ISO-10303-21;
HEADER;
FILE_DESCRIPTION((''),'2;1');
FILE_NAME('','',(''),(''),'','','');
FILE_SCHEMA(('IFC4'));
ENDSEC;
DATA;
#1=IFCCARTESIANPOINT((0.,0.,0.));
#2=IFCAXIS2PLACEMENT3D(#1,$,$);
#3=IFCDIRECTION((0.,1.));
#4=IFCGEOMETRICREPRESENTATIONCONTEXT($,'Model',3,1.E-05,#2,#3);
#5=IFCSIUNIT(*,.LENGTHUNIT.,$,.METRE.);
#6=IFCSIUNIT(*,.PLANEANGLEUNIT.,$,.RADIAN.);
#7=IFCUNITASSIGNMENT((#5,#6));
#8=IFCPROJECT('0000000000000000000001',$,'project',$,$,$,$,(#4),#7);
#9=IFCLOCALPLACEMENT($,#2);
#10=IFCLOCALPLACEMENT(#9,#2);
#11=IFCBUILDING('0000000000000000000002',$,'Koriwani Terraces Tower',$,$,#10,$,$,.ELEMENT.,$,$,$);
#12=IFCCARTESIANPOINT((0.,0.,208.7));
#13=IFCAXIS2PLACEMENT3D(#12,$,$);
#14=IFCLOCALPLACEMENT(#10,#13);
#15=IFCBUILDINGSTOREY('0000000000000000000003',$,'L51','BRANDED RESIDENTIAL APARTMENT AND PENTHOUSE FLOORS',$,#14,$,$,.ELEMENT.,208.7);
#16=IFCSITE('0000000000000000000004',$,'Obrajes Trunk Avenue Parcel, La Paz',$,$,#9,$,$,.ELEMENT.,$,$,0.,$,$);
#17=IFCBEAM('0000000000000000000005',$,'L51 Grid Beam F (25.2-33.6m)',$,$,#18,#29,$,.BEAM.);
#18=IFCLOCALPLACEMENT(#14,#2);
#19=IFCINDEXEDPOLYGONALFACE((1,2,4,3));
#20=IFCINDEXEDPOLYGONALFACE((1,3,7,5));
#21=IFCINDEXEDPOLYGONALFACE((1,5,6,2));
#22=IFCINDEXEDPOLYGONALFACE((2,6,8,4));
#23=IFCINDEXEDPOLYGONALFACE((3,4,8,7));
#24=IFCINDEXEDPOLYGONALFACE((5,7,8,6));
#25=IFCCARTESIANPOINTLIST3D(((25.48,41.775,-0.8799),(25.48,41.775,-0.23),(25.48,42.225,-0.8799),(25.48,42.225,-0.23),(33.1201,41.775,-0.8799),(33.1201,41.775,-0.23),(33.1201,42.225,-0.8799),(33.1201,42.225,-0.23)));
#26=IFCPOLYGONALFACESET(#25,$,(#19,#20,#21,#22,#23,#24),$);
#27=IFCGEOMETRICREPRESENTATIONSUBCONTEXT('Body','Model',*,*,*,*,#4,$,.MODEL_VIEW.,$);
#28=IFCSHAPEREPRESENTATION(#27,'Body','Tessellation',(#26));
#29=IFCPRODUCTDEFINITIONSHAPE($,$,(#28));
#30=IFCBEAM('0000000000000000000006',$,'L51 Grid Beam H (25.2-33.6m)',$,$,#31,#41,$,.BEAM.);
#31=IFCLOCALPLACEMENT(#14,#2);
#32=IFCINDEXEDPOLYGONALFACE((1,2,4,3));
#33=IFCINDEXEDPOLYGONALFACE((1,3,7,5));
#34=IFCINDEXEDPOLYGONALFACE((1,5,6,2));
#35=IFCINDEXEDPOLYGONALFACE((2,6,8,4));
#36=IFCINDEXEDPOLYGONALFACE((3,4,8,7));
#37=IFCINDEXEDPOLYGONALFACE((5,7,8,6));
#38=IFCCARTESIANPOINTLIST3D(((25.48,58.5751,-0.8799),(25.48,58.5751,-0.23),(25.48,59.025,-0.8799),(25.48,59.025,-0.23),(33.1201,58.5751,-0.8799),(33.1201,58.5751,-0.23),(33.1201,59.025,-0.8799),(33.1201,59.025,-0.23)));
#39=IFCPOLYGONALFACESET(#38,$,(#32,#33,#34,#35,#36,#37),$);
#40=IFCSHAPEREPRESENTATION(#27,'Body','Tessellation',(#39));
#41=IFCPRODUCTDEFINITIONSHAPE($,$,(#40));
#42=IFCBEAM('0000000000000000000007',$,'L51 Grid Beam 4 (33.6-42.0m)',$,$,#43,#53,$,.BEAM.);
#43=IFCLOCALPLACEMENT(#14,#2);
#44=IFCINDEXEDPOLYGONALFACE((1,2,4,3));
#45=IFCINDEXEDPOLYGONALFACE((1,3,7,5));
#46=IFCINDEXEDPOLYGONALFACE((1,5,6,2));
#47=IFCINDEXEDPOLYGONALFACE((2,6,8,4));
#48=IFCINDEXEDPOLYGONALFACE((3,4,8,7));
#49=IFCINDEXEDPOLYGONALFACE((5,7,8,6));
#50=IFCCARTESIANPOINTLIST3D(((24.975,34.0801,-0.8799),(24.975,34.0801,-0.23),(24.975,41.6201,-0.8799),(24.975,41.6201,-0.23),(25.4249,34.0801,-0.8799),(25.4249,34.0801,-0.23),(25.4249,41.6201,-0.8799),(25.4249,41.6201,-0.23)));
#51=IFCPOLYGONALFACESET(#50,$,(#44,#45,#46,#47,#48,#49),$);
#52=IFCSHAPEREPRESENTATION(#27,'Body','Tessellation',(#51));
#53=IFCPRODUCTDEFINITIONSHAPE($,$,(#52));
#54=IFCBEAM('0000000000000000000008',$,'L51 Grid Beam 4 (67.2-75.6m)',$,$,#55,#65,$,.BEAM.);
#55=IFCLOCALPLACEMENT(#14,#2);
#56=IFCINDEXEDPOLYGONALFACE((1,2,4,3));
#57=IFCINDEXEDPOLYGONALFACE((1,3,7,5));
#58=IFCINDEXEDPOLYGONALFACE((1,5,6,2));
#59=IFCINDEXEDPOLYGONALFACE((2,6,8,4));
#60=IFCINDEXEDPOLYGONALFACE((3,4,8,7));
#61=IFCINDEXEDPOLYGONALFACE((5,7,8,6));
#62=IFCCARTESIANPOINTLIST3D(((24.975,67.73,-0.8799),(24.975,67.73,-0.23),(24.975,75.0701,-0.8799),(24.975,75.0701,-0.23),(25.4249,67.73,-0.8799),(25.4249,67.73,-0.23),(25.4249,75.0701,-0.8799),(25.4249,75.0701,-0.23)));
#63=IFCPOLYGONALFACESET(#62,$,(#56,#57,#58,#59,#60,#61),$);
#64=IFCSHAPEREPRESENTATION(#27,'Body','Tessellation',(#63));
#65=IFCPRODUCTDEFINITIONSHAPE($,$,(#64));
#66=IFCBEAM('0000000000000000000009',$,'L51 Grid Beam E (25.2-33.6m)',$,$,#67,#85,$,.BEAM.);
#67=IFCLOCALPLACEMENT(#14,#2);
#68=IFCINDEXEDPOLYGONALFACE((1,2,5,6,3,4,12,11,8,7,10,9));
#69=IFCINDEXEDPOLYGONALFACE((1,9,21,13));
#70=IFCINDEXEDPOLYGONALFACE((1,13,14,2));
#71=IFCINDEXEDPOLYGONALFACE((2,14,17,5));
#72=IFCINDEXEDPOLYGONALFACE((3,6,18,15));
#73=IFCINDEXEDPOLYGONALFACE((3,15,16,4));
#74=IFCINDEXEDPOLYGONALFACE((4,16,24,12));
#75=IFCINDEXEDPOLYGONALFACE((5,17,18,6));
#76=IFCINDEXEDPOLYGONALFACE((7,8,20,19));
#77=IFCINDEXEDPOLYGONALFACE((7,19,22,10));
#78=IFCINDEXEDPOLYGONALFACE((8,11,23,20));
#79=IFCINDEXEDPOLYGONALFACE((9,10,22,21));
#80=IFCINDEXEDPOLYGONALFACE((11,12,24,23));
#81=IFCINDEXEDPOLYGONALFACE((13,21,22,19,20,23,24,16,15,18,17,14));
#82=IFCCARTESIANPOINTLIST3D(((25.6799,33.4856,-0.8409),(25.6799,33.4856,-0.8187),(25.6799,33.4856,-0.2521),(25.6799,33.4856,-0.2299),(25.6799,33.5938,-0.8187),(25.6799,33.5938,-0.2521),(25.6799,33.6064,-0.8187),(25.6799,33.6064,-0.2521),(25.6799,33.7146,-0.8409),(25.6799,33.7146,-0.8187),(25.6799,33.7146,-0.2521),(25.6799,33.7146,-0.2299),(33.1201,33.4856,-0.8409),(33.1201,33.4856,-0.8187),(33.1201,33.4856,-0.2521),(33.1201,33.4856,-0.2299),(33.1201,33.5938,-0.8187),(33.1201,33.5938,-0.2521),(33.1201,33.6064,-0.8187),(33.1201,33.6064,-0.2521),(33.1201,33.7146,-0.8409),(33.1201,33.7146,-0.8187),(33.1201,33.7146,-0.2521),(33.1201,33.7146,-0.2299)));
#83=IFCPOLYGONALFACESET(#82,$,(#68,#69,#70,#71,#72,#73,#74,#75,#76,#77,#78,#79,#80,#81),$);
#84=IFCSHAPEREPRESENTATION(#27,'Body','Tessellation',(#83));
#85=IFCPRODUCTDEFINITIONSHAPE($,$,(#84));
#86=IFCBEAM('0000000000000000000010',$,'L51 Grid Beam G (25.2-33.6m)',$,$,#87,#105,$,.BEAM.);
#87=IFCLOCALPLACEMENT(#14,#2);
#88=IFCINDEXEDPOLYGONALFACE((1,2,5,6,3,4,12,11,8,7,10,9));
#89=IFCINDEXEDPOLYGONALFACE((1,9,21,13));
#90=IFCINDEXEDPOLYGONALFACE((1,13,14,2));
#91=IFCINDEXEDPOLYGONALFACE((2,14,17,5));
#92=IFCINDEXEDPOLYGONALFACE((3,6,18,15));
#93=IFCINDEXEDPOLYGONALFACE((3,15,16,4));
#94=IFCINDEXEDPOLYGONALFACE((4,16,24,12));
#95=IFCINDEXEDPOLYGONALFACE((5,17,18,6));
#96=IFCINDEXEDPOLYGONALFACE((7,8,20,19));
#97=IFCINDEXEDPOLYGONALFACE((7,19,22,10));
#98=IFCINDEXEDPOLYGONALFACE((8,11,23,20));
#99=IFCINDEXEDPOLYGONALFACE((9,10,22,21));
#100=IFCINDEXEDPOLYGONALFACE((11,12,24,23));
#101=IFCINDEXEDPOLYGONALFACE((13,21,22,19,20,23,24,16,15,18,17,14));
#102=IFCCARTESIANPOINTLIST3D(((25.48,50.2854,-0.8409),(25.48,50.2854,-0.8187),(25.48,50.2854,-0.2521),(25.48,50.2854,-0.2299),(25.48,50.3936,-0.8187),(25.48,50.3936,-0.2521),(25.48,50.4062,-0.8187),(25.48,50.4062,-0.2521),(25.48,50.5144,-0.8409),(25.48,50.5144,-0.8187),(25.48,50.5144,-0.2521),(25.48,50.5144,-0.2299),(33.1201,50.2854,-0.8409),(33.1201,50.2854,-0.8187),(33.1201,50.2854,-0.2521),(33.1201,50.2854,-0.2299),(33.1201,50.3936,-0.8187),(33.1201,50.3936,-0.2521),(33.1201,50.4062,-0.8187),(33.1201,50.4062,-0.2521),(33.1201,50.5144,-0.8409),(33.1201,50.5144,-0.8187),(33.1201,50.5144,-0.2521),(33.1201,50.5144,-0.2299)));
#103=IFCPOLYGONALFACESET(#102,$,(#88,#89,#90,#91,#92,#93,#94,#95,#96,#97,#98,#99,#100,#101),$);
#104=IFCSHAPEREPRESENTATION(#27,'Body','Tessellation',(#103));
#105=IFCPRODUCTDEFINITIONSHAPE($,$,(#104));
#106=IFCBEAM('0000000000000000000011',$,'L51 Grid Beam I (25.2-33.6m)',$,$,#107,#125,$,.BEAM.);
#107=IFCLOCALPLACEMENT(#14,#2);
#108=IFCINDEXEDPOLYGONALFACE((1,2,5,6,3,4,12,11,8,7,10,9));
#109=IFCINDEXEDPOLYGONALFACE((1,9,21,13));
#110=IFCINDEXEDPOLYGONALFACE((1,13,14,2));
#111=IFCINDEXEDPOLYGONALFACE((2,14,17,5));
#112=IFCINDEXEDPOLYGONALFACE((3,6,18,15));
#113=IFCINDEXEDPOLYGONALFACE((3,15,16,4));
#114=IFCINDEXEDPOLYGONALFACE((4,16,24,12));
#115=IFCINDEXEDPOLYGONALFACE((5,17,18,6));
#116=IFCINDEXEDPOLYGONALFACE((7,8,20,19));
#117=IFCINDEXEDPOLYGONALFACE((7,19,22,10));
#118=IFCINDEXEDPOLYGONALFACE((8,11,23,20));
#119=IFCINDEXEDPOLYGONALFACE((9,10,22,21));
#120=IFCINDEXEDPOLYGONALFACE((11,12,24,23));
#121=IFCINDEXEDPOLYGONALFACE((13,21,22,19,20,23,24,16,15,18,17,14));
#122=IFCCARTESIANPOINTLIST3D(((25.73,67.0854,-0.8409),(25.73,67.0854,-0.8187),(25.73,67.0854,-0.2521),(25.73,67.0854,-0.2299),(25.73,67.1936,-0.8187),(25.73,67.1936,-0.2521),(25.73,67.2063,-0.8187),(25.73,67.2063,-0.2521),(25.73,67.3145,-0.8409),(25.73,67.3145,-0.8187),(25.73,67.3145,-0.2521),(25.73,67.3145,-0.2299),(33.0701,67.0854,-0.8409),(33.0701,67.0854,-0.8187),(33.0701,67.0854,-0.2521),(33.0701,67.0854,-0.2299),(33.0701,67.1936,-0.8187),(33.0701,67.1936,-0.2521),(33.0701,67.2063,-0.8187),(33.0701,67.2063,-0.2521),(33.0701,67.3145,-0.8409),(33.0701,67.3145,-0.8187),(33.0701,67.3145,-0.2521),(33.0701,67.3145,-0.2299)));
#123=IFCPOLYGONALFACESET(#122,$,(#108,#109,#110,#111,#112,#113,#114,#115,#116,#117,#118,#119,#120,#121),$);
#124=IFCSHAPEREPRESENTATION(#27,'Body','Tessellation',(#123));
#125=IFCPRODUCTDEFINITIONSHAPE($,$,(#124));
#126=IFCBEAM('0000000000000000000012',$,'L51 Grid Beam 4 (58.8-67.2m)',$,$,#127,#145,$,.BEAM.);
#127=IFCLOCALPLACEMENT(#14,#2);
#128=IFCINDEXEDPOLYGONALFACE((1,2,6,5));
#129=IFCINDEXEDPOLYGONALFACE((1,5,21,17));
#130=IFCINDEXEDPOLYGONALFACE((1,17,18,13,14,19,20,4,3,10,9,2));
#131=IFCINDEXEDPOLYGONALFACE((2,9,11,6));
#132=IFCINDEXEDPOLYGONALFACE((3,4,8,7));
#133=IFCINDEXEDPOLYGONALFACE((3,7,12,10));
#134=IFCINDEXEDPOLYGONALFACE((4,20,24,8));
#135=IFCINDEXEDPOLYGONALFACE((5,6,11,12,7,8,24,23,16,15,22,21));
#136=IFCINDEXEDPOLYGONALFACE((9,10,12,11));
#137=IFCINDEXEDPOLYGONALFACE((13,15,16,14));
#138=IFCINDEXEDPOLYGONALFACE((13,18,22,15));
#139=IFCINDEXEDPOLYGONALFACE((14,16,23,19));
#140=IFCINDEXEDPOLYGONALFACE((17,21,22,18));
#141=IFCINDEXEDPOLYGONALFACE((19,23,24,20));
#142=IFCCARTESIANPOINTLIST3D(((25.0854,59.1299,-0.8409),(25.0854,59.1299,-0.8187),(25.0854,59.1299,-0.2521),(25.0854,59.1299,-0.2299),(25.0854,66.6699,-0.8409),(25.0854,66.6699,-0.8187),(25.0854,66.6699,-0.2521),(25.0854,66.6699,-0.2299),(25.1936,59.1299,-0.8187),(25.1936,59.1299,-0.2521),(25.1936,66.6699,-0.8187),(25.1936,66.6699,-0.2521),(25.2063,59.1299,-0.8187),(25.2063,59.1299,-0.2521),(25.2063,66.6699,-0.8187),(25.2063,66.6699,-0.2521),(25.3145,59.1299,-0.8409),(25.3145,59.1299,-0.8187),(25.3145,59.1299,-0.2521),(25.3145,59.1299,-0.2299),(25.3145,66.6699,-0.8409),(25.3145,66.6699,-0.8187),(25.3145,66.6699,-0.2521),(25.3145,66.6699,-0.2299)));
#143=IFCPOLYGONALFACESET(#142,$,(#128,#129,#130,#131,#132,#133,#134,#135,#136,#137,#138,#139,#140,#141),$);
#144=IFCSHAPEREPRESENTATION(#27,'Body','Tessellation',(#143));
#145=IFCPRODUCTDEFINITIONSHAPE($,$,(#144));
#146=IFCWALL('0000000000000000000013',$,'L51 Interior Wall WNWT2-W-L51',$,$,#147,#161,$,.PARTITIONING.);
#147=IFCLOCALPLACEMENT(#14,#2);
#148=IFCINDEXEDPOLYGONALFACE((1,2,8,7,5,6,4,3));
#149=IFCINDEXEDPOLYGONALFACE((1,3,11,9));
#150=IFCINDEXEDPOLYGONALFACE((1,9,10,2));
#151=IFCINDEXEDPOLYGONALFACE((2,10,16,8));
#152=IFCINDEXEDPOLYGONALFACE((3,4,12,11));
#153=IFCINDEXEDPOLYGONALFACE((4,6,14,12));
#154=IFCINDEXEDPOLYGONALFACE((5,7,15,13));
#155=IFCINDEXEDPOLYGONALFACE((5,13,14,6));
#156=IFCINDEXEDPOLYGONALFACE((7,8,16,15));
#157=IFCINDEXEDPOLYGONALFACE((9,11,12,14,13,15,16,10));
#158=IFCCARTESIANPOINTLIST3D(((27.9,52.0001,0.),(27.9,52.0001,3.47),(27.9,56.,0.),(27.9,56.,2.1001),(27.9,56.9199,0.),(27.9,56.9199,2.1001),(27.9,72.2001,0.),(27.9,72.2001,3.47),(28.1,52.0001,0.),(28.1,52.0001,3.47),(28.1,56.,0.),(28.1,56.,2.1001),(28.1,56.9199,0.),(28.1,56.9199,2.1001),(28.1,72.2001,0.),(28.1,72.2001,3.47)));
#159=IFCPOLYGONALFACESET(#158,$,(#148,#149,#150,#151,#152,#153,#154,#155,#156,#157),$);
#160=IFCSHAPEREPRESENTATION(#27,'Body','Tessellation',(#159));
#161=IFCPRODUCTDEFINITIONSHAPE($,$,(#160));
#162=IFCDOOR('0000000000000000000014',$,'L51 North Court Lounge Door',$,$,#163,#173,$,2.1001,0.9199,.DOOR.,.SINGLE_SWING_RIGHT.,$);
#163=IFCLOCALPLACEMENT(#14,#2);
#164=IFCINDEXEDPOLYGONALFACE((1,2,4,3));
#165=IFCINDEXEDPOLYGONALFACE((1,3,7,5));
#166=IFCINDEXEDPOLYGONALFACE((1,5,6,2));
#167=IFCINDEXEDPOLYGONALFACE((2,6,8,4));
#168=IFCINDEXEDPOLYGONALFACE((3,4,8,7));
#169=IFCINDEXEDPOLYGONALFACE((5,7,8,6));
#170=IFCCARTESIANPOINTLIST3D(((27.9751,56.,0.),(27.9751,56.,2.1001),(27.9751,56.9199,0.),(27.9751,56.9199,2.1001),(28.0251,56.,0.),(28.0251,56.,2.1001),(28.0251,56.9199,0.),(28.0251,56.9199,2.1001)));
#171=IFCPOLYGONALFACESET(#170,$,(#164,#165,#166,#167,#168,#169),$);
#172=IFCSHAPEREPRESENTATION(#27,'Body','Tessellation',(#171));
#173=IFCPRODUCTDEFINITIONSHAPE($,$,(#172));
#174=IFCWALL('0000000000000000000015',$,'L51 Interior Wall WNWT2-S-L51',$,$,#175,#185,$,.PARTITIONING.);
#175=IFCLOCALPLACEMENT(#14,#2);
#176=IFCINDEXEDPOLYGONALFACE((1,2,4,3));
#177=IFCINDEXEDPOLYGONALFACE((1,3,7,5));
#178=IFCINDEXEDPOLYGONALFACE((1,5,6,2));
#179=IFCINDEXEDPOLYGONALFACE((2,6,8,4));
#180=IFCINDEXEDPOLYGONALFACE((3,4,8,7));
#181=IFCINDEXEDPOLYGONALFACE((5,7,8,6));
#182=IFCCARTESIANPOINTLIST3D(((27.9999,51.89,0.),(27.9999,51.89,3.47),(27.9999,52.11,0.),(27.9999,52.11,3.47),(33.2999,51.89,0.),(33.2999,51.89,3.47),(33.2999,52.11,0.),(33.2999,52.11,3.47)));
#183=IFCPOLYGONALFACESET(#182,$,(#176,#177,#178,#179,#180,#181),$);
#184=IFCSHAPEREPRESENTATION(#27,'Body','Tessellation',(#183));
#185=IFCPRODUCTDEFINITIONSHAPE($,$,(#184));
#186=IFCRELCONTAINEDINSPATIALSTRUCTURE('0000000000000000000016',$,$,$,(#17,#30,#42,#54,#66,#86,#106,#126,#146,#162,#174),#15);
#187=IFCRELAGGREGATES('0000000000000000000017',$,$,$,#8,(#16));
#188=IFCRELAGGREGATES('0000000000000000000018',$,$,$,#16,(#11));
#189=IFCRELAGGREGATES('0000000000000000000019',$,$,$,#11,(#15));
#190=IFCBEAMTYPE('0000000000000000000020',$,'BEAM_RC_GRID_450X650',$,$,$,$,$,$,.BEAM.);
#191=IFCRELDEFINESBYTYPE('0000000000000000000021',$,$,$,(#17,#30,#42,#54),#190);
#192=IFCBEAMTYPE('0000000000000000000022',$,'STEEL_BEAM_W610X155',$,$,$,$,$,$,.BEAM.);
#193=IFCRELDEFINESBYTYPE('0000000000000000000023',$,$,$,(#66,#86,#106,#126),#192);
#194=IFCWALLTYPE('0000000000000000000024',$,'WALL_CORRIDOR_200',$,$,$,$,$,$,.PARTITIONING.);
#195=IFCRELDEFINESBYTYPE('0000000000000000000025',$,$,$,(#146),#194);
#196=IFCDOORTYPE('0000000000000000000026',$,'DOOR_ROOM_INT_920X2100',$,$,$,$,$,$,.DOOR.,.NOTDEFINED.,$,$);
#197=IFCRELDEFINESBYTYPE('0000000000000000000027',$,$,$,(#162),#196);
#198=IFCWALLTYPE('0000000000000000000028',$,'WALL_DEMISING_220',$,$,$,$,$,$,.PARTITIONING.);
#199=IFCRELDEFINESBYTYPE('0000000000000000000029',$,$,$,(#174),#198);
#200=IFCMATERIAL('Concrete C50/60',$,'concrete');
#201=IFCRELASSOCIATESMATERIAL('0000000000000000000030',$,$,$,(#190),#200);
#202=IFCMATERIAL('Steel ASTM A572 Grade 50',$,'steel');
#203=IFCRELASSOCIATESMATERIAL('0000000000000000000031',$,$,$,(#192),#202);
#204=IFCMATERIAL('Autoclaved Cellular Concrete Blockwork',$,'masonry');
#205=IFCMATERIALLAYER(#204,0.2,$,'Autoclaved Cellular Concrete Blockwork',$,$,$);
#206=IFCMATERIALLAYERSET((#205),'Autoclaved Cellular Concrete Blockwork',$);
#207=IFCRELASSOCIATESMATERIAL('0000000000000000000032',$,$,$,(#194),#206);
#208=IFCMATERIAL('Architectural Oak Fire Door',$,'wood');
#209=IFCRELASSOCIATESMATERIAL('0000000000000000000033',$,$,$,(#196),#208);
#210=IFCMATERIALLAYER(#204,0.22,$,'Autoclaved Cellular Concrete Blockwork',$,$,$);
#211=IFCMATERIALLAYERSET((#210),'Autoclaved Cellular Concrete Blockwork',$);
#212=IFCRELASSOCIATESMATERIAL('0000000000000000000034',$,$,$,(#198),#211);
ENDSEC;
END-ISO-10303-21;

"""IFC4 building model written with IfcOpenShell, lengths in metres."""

from ifc_helpers import new_model, si_unit, direction, frame, frame_2d, origin, origin_2d, place, context, subcontext, project, spatial, rectangle, i_section, extrude, material, layer, layer_set, material_profile, profile_set, type_object, element, fill, save


model = new_model("IFC4")

# Units and contexts
model_context = context("Model", 3, precision=1e-05, world=origin(), true_north=direction((0.0, 1.0)))
body_context = subcontext(model_context, "Body", "Model", "MODEL_VIEW")
ifc_project = project(units=[si_unit("LENGTHUNIT", "METRE"), si_unit("PLANEANGLEUNIT", "RADIAN")], contexts=[model_context])

# Site, building, storey
site_placement = place(None, origin())
site = spatial("IfcSite", under=ifc_project, at=site_placement, Name="Obrajes Trunk Avenue Parcel, La Paz", CompositionType="ELEMENT", RefElevation=0.0)
building_placement = place(site_placement, origin())
building = spatial("IfcBuilding", under=site, at=building_placement, Name="Koriwani Terraces Tower", CompositionType="ELEMENT")
storey_placement = place(building_placement, frame((0.0, 0.0, 208.7)))
storey = spatial("IfcBuildingStorey", under=building, at=storey_placement, Name="L51", Description="BRANDED RESIDENTIAL APARTMENT AND PENTHOUSE FLOORS", CompositionType="ELEMENT", Elevation=208.7)

# Beams
ifc_material_1 = material(Name="Concrete C50/60", Category="concrete")
ifc_material_profile_1 = material_profile(ifc_material_1, rectangle(XDim=0.45, YDim=0.6499, at=origin_2d()), Name="Concrete C50/60", Category="LoadBearing")
ifc_profile_set_1 = profile_set([ifc_material_profile_1], Name="Concrete C50/60")
beam_type_1 = type_object("IfcBeamType", Name="BEAM_RC_GRID_450X650", PredefinedType="BEAM", material=ifc_profile_set_1)
for number, where, z_axis, x_axis, name in (
    (1, (25.48, 42.0, -0.5549), (1.0, 0.0, 0.0), (0.0, 1.0, 0.0), "L51 Grid Beam F (25.2-33.6m)"),
    (2, (25.48, 58.8, -0.5549), (1.0, 0.0, 0.0), (0.0, 1.0, 0.0), "L51 Grid Beam H (25.2-33.6m)"),
):
    element("IfcBeam", number, at=place(storey_placement, frame(where, z_axis=z_axis, x_axis=x_axis)), inside=storey, type_object=beam_type_1, Name=name, PredefinedType="BEAM", context=body_context, shape_type="SweptSolid", body=[
        extrude(rectangle(XDim=0.45, YDim=0.6499, at=origin_2d()), origin(), (0.0, 0.0, 1.0), 7.6401),
    ])
beam_1_placement = place(storey_placement, frame((25.2, 34.0801, -0.5549), z_axis=(0.0, 1.0, 0.0), x_axis=(-1.0, 0.0, 0.0)))
element("IfcBeam", 3, at=beam_1_placement, inside=storey, type_object=beam_type_1, Name="L51 Grid Beam 4 (33.6-42.0m)", PredefinedType="BEAM", context=body_context, shape_type="SweptSolid", body=[
    extrude(rectangle(XDim=0.45, YDim=0.6499, at=origin_2d()), origin(), (0.0, 0.0, 1.0), 7.54),
])
beam_2_placement = place(storey_placement, frame((25.2, 67.73, -0.5549), z_axis=(0.0, 1.0, 0.0), x_axis=(-1.0, 0.0, 0.0)))
element("IfcBeam", 4, at=beam_2_placement, inside=storey, type_object=beam_type_1, Name="L51 Grid Beam 4 (67.2-75.6m)", PredefinedType="BEAM", context=body_context, shape_type="SweptSolid", body=[
    extrude(rectangle(XDim=0.45, YDim=0.6499, at=origin_2d()), origin(), (0.0, 0.0, 1.0), 7.3401),
])
ifc_material_2 = material(Name="Steel ASTM A572 Grade 50", Category="steel")
ifc_material_profile_2 = material_profile(ifc_material_2, i_section(OverallWidth=0.229, OverallDepth=0.6111, WebThickness=0.0127, FlangeThickness=0.0222, at=origin_2d()), Name="Steel ASTM A572 Grade 50", Category="LoadBearing")
ifc_profile_set_2 = profile_set([ifc_material_profile_2], Name="Steel ASTM A572 Grade 50")
beam_type_2 = type_object("IfcBeamType", Name="STEEL_BEAM_W610X155", PredefinedType="BEAM", material=ifc_profile_set_2)
beam_3_placement = place(storey_placement, frame((25.6799, 33.6001, -0.5354), z_axis=(1.0, 0.0, 0.0), x_axis=(0.0, 1.0, 0.0)))
element("IfcBeam", 5, at=beam_3_placement, inside=storey, type_object=beam_type_2, Name="L51 Grid Beam E (25.2-33.6m)", PredefinedType="BEAM", context=body_context, shape_type="SweptSolid", body=[
    extrude(i_section(OverallWidth=0.229, OverallDepth=0.6111, WebThickness=0.0127, FlangeThickness=0.0222, at=origin_2d()), origin(), (0.0, 0.0, 1.0), 7.4402),
])
beam_4_placement = place(storey_placement, frame((25.48, 50.3999, -0.5354), z_axis=(1.0, 0.0, 0.0), x_axis=(0.0, 1.0, 0.0)))
element("IfcBeam", 6, at=beam_4_placement, inside=storey, type_object=beam_type_2, Name="L51 Grid Beam G (25.2-33.6m)", PredefinedType="BEAM", context=body_context, shape_type="SweptSolid", body=[
    extrude(i_section(OverallWidth=0.229, OverallDepth=0.6111, WebThickness=0.0127, FlangeThickness=0.0222, at=origin_2d()), origin(), (0.0, 0.0, 1.0), 7.6401),
])
beam_5_placement = place(storey_placement, frame((25.73, 67.2, -0.5354), z_axis=(1.0, 0.0, 0.0), x_axis=(0.0, 1.0, 0.0)))
element("IfcBeam", 7, at=beam_5_placement, inside=storey, type_object=beam_type_2, Name="L51 Grid Beam I (25.2-33.6m)", PredefinedType="BEAM", context=body_context, shape_type="SweptSolid", body=[
    extrude(i_section(OverallWidth=0.229, OverallDepth=0.6111, WebThickness=0.0127, FlangeThickness=0.0222, at=origin_2d()), origin(), (0.0, 0.0, 1.0), 7.3401),
])
beam_6_placement = place(storey_placement, frame((25.2, 59.1299, -0.5354), z_axis=(0.0, 1.0, 0.0), x_axis=(-1.0, 0.0, 0.0)))
element("IfcBeam", 8, at=beam_6_placement, inside=storey, type_object=beam_type_2, Name="L51 Grid Beam 4 (58.8-67.2m)", PredefinedType="BEAM", context=body_context, shape_type="SweptSolid", body=[
    extrude(i_section(OverallWidth=0.229, OverallDepth=0.6111, WebThickness=0.0127, FlangeThickness=0.0222, at=origin_2d()), origin(), (0.0, 0.0, 1.0), 7.54),
])

# Wall, opening, door
ifc_material_3 = material(Name="Autoclaved Cellular Concrete Blockwork", Category="masonry")
ifc_layer_1 = layer(ifc_material_3, 0.2, Name="Autoclaved Cellular Concrete Blockwork")
ifc_layer_set_1 = layer_set([ifc_layer_1], Name="Autoclaved Cellular Concrete Blockwork")
wall_type_1 = type_object("IfcWallType", Name="WALL_CORRIDOR_200", PredefinedType="PARTITIONING", material=ifc_layer_set_1)
wall_1_placement = place(storey_placement, frame((28.0, 52.0, 0.0), z_axis=(0.0, 0.0, 1.0), x_axis=(0.0, 1.0, 0.0)))
wall_1 = element("IfcWall", 9, at=wall_1_placement, inside=storey, type_object=wall_type_1, Name="L51 Interior Wall WNWT2-W-L51", PredefinedType="PARTITIONING", context=body_context, shape_type="SweptSolid", body=[
    extrude(rectangle(XDim=20.2, YDim=0.2, at=frame_2d((10.1001, 0.0))), origin(), (0.0, 0.0, 1.0), 3.47),
])
opening_1_placement = place(wall_1_placement, frame((4.0, 0.0, 0.0)))
opening_1 = element("IfcOpeningElement", 10, at=opening_1_placement, cuts=wall_1, PredefinedType="OPENING", context=body_context, shape_type="SweptSolid", body=[
    extrude(rectangle(XDim=0.9199, YDim=2.1001, at=frame_2d((0.46, 1.05))), frame((0.0, 0.1099, 0.0), z_axis=(0.0, -1.0, 0.0), x_axis=(1.0, 0.0, 0.0)), (0.0, 0.0, 1.0), 0.22),
])
ifc_material_4 = material(Name="Architectural Oak Fire Door", Category="wood")
door_type_1 = type_object("IfcDoorType", Name="DOOR_ROOM_INT_920X2100", OperationType="NOTDEFINED", PredefinedType="DOOR", material=ifc_material_4)
door_1_placement = place(opening_1_placement, origin())
door_1 = element("IfcDoor", 11, at=door_1_placement, inside=storey, type_object=door_type_1, Name="L51 North Court Lounge Door", OperationType="SINGLE_SWING_RIGHT", OverallHeight=2.1001, OverallWidth=0.9199, PredefinedType="DOOR", context=body_context, shape_type="SweptSolid", body=[
    extrude(rectangle(XDim=0.9199, YDim=2.1001, at=frame_2d((0.46, 1.05))), frame((0.0, 0.0249, 0.0), z_axis=(0.0, -1.0, 0.0), x_axis=(1.0, 0.0, 0.0)), (0.0, 0.0, 1.0), 0.05),
])
fill(opening_1, door_1)

# Wall
ifc_layer_2 = layer(ifc_material_3, 0.22, Name="Autoclaved Cellular Concrete Blockwork")
ifc_layer_set_2 = layer_set([ifc_layer_2], Name="Autoclaved Cellular Concrete Blockwork")
wall_type_2 = type_object("IfcWallType", Name="WALL_DEMISING_220", PredefinedType="PARTITIONING", material=ifc_layer_set_2)
wall_2_placement = place(storey_placement, frame((28.0, 52.0, 0.0), z_axis=(0.0, 0.0, 1.0), x_axis=(1.0, 0.0, 0.0)))
element("IfcWall", 12, at=wall_2_placement, inside=storey, type_object=wall_type_2, Name="L51 Interior Wall WNWT2-S-L51", PredefinedType="PARTITIONING", context=body_context, shape_type="SweptSolid", body=[
    extrude(rectangle(XDim=5.3, YDim=0.22, at=frame_2d((2.6499, 0.0))), origin(), (0.0, 0.0, 1.0), 3.47),
])

save(model, "model.ifc")
